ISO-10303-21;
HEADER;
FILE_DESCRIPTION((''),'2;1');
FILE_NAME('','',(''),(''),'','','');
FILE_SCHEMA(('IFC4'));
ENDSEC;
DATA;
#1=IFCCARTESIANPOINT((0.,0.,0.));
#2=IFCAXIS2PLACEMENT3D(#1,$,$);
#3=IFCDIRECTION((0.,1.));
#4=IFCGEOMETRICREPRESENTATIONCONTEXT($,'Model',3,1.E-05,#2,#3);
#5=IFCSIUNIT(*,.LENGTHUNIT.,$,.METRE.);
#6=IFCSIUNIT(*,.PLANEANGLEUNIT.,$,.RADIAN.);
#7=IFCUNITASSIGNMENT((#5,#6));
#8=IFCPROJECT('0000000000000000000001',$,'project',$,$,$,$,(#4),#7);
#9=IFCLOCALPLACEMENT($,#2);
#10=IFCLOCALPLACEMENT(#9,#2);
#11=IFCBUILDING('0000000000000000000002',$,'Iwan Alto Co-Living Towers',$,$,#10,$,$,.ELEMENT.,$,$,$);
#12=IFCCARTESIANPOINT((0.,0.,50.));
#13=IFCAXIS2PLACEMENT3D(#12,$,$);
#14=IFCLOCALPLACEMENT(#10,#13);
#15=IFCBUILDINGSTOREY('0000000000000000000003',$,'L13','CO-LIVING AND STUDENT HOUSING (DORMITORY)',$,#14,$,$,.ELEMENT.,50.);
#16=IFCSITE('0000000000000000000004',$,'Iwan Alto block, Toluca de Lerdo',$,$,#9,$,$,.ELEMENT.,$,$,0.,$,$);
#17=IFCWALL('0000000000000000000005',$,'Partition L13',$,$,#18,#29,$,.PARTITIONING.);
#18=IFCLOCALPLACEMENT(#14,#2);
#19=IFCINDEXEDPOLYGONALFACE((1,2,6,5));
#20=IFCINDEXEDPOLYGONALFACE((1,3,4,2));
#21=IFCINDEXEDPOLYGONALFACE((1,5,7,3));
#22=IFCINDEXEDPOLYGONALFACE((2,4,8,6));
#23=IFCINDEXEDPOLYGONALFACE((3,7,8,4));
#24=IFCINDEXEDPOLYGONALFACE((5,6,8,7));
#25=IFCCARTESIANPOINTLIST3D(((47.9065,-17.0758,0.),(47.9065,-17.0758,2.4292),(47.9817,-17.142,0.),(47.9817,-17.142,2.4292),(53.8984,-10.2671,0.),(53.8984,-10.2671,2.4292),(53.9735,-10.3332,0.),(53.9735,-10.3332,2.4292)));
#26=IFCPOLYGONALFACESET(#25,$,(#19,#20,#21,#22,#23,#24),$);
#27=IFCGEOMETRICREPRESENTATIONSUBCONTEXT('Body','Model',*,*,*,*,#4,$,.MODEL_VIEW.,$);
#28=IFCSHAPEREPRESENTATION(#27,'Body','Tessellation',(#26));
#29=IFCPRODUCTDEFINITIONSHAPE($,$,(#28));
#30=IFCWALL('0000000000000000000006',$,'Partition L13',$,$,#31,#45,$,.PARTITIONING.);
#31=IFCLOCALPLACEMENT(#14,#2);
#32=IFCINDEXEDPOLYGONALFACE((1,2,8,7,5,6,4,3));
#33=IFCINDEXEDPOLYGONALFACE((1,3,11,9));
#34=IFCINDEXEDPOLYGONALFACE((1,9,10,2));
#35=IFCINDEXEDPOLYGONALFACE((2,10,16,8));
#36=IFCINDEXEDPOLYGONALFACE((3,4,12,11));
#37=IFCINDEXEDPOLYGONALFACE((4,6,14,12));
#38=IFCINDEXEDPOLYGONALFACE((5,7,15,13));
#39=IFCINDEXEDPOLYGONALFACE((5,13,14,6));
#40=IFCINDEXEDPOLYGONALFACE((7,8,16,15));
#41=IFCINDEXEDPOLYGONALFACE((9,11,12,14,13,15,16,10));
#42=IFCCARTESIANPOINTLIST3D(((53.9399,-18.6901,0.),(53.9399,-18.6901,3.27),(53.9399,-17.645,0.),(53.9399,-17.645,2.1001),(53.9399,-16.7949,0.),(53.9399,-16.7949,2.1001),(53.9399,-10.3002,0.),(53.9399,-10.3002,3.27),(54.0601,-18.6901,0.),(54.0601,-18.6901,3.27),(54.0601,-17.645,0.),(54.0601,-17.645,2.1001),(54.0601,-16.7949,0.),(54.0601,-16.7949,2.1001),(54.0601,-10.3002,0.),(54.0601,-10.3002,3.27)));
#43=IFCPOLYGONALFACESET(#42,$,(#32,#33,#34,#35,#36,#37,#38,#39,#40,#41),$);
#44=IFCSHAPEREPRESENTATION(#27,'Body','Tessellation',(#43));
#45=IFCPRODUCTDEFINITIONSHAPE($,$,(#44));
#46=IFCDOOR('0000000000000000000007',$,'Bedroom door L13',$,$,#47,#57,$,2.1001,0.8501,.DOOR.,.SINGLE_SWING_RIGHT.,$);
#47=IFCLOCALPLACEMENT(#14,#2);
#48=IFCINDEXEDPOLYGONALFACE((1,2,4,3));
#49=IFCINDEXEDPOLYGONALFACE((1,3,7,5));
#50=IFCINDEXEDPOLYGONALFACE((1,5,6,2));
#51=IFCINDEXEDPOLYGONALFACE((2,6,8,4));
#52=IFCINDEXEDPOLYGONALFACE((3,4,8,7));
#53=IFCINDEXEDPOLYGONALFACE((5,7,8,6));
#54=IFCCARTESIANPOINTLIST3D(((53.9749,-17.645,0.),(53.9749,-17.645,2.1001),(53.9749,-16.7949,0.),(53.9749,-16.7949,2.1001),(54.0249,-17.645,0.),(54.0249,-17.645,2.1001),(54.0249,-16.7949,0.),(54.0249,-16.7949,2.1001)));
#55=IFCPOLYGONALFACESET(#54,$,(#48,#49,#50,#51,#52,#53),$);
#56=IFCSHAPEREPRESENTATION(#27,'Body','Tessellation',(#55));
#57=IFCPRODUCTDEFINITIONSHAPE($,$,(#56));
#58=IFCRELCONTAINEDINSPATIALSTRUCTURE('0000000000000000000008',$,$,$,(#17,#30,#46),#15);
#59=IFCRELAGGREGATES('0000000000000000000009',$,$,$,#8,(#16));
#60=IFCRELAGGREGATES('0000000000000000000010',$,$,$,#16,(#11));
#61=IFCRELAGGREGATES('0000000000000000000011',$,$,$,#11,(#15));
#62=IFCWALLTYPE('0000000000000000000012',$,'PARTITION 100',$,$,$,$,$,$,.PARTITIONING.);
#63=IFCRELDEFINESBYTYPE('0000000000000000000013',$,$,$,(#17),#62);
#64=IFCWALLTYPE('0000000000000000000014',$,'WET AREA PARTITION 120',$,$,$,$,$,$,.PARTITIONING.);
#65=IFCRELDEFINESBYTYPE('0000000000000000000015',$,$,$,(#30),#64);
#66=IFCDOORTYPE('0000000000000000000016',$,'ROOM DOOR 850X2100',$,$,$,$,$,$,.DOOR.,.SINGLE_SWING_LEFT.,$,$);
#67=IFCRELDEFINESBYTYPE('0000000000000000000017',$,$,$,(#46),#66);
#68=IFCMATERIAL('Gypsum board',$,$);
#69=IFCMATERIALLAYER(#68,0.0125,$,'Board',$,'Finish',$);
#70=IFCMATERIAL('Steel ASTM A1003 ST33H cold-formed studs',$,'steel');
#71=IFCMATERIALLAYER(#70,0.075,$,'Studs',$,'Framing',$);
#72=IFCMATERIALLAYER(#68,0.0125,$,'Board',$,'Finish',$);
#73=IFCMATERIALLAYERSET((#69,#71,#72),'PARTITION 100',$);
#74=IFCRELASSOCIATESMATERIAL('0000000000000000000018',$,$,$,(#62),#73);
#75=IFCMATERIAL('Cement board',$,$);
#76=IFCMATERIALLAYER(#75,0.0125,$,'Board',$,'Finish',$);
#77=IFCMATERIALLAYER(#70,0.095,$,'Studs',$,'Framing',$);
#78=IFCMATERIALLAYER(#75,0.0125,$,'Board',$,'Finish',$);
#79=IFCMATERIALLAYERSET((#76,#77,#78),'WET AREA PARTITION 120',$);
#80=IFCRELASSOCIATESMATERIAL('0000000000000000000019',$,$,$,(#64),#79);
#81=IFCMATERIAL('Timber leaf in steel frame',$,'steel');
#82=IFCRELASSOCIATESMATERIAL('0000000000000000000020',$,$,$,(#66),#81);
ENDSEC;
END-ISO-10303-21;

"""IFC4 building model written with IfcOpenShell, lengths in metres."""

from ifc_helpers import new_model, si_unit, direction, frame, frame_2d, origin, place, context, subcontext, project, spatial, rectangle, extrude, material, layer, layer_set, type_object, element, fill, save


model = new_model("IFC4")

# Units and contexts
model_context = context("Model", 3, precision=1e-05, world=origin(), true_north=direction((0.0, 1.0)))
body_context = subcontext(model_context, "Body", "Model", "MODEL_VIEW")
ifc_project = project(units=[si_unit("LENGTHUNIT", "METRE"), si_unit("PLANEANGLEUNIT", "RADIAN")], contexts=[model_context])

# Site, building, storey
site_placement = place(None, origin())
site = spatial("IfcSite", under=ifc_project, at=site_placement, Name="Iwan Alto block, Toluca de Lerdo", CompositionType="ELEMENT", RefElevation=0.0)
building_placement = place(site_placement, origin())
building = spatial("IfcBuilding", under=site, at=building_placement, Name="Iwan Alto Co-Living Towers", CompositionType="ELEMENT")
storey_placement = place(building_placement, frame((0.0, 0.0, 50.0)))
storey = spatial("IfcBuildingStorey", under=building, at=storey_placement, Name="L13", Description="CO-LIVING AND STUDENT HOUSING (DORMITORY)", CompositionType="ELEMENT", Elevation=50.0)

# Wall
ifc_material_1 = material(Name="Gypsum board")
ifc_layer_1 = layer(ifc_material_1, 0.0125, Name="Board", Category="Finish")
ifc_material_2 = material(Name="Steel ASTM A1003 ST33H cold-formed studs", Category="steel")
ifc_layer_2 = layer(ifc_material_2, 0.075, Name="Studs", Category="Framing")
ifc_layer_3 = layer(ifc_material_1, 0.0125, Name="Board", Category="Finish")
ifc_layer_set_1 = layer_set([ifc_layer_1, ifc_layer_2, ifc_layer_3], Name="PARTITION 100")
wall_type_1 = type_object("IfcWallType", Name="PARTITION 100", PredefinedType="PARTITIONING", material=ifc_layer_set_1)
wall_1_placement = place(storey_placement, frame((47.9441, -17.1089, 0.0), z_axis=(0.0, 0.0, 1.0), x_axis=(0.660638, 0.750704, 0.0)))
element("IfcWall", 1, at=wall_1_placement, inside=storey, type_object=wall_type_1, Name="Partition L13", PredefinedType="PARTITIONING", context=body_context, shape_type="SweptSolid", body=[
    extrude(rectangle(XDim=9.0698, YDim=0.1001, at=frame_2d((4.5349, 0.0))), origin(), (0.0, 0.0, 1.0), 2.4292),
])

# Wall, opening, door
ifc_material_3 = material(Name="Cement board")
ifc_layer_4 = layer(ifc_material_3, 0.0125, Name="Board", Category="Finish")
ifc_layer_5 = layer(ifc_material_2, 0.095, Name="Studs", Category="Framing")
ifc_layer_6 = layer(ifc_material_3, 0.0125, Name="Board", Category="Finish")
ifc_layer_set_2 = layer_set([ifc_layer_4, ifc_layer_5, ifc_layer_6], Name="WET AREA PARTITION 120")
wall_type_2 = type_object("IfcWallType", Name="WET AREA PARTITION 120", PredefinedType="PARTITIONING", material=ifc_layer_set_2)
wall_2_placement = place(storey_placement, frame((54.0, -18.6899, 0.0), z_axis=(0.0, 0.0, 1.0), x_axis=(0.0, 1.0, 0.0)))
wall_2 = element("IfcWall", 2, at=wall_2_placement, inside=storey, type_object=wall_type_2, Name="Partition L13", PredefinedType="PARTITIONING", context=body_context, shape_type="SweptSolid", body=[
    extrude(rectangle(XDim=8.3899, YDim=0.1201, at=frame_2d((4.1948, 0.0))), origin(), (0.0, 0.0, 1.0), 3.27),
])
opening_placement = place(wall_2_placement, frame((1.0449, 0.0, 0.0)))
opening = element("IfcOpeningElement", 3, at=opening_placement, cuts=wall_2, PredefinedType="OPENING", context=body_context, shape_type="SweptSolid", body=[
    extrude(rectangle(XDim=0.8501, YDim=2.1001, at=frame_2d((0.425, 1.05))), frame((0.0, 0.0701, 0.0), z_axis=(0.0, -1.0, 0.0), x_axis=(1.0, 0.0, 0.0)), (0.0, 0.0, 1.0), 0.1401),
])
ifc_material_4 = material(Name="Timber leaf in steel frame", Category="steel")
door_type = type_object("IfcDoorType", Name="ROOM DOOR 850X2100", OperationType="SINGLE_SWING_LEFT", PredefinedType="DOOR", material=ifc_material_4)
door_placement = place(opening_placement, frame((0.8501, 0.0, 0.0), z_axis=(0.0, 0.0, 1.0), x_axis=(-1.0, 0.0, 0.0)))
door = element("IfcDoor", 4, at=door_placement, inside=storey, type_object=door_type, Name="Bedroom door L13", OperationType="SINGLE_SWING_RIGHT", OverallHeight=2.1001, OverallWidth=0.8501, PredefinedType="DOOR", context=body_context, shape_type="SweptSolid", body=[
    extrude(rectangle(XDim=0.8501, YDim=2.1001, at=frame_2d((0.425, 1.05))), frame((0.0, 0.0249, 0.0), z_axis=(0.0, -1.0, 0.0), x_axis=(1.0, 0.0, 0.0)), (0.0, 0.0, 1.0), 0.05),
])
fill(opening, door)

save(model, "model.ifc")
